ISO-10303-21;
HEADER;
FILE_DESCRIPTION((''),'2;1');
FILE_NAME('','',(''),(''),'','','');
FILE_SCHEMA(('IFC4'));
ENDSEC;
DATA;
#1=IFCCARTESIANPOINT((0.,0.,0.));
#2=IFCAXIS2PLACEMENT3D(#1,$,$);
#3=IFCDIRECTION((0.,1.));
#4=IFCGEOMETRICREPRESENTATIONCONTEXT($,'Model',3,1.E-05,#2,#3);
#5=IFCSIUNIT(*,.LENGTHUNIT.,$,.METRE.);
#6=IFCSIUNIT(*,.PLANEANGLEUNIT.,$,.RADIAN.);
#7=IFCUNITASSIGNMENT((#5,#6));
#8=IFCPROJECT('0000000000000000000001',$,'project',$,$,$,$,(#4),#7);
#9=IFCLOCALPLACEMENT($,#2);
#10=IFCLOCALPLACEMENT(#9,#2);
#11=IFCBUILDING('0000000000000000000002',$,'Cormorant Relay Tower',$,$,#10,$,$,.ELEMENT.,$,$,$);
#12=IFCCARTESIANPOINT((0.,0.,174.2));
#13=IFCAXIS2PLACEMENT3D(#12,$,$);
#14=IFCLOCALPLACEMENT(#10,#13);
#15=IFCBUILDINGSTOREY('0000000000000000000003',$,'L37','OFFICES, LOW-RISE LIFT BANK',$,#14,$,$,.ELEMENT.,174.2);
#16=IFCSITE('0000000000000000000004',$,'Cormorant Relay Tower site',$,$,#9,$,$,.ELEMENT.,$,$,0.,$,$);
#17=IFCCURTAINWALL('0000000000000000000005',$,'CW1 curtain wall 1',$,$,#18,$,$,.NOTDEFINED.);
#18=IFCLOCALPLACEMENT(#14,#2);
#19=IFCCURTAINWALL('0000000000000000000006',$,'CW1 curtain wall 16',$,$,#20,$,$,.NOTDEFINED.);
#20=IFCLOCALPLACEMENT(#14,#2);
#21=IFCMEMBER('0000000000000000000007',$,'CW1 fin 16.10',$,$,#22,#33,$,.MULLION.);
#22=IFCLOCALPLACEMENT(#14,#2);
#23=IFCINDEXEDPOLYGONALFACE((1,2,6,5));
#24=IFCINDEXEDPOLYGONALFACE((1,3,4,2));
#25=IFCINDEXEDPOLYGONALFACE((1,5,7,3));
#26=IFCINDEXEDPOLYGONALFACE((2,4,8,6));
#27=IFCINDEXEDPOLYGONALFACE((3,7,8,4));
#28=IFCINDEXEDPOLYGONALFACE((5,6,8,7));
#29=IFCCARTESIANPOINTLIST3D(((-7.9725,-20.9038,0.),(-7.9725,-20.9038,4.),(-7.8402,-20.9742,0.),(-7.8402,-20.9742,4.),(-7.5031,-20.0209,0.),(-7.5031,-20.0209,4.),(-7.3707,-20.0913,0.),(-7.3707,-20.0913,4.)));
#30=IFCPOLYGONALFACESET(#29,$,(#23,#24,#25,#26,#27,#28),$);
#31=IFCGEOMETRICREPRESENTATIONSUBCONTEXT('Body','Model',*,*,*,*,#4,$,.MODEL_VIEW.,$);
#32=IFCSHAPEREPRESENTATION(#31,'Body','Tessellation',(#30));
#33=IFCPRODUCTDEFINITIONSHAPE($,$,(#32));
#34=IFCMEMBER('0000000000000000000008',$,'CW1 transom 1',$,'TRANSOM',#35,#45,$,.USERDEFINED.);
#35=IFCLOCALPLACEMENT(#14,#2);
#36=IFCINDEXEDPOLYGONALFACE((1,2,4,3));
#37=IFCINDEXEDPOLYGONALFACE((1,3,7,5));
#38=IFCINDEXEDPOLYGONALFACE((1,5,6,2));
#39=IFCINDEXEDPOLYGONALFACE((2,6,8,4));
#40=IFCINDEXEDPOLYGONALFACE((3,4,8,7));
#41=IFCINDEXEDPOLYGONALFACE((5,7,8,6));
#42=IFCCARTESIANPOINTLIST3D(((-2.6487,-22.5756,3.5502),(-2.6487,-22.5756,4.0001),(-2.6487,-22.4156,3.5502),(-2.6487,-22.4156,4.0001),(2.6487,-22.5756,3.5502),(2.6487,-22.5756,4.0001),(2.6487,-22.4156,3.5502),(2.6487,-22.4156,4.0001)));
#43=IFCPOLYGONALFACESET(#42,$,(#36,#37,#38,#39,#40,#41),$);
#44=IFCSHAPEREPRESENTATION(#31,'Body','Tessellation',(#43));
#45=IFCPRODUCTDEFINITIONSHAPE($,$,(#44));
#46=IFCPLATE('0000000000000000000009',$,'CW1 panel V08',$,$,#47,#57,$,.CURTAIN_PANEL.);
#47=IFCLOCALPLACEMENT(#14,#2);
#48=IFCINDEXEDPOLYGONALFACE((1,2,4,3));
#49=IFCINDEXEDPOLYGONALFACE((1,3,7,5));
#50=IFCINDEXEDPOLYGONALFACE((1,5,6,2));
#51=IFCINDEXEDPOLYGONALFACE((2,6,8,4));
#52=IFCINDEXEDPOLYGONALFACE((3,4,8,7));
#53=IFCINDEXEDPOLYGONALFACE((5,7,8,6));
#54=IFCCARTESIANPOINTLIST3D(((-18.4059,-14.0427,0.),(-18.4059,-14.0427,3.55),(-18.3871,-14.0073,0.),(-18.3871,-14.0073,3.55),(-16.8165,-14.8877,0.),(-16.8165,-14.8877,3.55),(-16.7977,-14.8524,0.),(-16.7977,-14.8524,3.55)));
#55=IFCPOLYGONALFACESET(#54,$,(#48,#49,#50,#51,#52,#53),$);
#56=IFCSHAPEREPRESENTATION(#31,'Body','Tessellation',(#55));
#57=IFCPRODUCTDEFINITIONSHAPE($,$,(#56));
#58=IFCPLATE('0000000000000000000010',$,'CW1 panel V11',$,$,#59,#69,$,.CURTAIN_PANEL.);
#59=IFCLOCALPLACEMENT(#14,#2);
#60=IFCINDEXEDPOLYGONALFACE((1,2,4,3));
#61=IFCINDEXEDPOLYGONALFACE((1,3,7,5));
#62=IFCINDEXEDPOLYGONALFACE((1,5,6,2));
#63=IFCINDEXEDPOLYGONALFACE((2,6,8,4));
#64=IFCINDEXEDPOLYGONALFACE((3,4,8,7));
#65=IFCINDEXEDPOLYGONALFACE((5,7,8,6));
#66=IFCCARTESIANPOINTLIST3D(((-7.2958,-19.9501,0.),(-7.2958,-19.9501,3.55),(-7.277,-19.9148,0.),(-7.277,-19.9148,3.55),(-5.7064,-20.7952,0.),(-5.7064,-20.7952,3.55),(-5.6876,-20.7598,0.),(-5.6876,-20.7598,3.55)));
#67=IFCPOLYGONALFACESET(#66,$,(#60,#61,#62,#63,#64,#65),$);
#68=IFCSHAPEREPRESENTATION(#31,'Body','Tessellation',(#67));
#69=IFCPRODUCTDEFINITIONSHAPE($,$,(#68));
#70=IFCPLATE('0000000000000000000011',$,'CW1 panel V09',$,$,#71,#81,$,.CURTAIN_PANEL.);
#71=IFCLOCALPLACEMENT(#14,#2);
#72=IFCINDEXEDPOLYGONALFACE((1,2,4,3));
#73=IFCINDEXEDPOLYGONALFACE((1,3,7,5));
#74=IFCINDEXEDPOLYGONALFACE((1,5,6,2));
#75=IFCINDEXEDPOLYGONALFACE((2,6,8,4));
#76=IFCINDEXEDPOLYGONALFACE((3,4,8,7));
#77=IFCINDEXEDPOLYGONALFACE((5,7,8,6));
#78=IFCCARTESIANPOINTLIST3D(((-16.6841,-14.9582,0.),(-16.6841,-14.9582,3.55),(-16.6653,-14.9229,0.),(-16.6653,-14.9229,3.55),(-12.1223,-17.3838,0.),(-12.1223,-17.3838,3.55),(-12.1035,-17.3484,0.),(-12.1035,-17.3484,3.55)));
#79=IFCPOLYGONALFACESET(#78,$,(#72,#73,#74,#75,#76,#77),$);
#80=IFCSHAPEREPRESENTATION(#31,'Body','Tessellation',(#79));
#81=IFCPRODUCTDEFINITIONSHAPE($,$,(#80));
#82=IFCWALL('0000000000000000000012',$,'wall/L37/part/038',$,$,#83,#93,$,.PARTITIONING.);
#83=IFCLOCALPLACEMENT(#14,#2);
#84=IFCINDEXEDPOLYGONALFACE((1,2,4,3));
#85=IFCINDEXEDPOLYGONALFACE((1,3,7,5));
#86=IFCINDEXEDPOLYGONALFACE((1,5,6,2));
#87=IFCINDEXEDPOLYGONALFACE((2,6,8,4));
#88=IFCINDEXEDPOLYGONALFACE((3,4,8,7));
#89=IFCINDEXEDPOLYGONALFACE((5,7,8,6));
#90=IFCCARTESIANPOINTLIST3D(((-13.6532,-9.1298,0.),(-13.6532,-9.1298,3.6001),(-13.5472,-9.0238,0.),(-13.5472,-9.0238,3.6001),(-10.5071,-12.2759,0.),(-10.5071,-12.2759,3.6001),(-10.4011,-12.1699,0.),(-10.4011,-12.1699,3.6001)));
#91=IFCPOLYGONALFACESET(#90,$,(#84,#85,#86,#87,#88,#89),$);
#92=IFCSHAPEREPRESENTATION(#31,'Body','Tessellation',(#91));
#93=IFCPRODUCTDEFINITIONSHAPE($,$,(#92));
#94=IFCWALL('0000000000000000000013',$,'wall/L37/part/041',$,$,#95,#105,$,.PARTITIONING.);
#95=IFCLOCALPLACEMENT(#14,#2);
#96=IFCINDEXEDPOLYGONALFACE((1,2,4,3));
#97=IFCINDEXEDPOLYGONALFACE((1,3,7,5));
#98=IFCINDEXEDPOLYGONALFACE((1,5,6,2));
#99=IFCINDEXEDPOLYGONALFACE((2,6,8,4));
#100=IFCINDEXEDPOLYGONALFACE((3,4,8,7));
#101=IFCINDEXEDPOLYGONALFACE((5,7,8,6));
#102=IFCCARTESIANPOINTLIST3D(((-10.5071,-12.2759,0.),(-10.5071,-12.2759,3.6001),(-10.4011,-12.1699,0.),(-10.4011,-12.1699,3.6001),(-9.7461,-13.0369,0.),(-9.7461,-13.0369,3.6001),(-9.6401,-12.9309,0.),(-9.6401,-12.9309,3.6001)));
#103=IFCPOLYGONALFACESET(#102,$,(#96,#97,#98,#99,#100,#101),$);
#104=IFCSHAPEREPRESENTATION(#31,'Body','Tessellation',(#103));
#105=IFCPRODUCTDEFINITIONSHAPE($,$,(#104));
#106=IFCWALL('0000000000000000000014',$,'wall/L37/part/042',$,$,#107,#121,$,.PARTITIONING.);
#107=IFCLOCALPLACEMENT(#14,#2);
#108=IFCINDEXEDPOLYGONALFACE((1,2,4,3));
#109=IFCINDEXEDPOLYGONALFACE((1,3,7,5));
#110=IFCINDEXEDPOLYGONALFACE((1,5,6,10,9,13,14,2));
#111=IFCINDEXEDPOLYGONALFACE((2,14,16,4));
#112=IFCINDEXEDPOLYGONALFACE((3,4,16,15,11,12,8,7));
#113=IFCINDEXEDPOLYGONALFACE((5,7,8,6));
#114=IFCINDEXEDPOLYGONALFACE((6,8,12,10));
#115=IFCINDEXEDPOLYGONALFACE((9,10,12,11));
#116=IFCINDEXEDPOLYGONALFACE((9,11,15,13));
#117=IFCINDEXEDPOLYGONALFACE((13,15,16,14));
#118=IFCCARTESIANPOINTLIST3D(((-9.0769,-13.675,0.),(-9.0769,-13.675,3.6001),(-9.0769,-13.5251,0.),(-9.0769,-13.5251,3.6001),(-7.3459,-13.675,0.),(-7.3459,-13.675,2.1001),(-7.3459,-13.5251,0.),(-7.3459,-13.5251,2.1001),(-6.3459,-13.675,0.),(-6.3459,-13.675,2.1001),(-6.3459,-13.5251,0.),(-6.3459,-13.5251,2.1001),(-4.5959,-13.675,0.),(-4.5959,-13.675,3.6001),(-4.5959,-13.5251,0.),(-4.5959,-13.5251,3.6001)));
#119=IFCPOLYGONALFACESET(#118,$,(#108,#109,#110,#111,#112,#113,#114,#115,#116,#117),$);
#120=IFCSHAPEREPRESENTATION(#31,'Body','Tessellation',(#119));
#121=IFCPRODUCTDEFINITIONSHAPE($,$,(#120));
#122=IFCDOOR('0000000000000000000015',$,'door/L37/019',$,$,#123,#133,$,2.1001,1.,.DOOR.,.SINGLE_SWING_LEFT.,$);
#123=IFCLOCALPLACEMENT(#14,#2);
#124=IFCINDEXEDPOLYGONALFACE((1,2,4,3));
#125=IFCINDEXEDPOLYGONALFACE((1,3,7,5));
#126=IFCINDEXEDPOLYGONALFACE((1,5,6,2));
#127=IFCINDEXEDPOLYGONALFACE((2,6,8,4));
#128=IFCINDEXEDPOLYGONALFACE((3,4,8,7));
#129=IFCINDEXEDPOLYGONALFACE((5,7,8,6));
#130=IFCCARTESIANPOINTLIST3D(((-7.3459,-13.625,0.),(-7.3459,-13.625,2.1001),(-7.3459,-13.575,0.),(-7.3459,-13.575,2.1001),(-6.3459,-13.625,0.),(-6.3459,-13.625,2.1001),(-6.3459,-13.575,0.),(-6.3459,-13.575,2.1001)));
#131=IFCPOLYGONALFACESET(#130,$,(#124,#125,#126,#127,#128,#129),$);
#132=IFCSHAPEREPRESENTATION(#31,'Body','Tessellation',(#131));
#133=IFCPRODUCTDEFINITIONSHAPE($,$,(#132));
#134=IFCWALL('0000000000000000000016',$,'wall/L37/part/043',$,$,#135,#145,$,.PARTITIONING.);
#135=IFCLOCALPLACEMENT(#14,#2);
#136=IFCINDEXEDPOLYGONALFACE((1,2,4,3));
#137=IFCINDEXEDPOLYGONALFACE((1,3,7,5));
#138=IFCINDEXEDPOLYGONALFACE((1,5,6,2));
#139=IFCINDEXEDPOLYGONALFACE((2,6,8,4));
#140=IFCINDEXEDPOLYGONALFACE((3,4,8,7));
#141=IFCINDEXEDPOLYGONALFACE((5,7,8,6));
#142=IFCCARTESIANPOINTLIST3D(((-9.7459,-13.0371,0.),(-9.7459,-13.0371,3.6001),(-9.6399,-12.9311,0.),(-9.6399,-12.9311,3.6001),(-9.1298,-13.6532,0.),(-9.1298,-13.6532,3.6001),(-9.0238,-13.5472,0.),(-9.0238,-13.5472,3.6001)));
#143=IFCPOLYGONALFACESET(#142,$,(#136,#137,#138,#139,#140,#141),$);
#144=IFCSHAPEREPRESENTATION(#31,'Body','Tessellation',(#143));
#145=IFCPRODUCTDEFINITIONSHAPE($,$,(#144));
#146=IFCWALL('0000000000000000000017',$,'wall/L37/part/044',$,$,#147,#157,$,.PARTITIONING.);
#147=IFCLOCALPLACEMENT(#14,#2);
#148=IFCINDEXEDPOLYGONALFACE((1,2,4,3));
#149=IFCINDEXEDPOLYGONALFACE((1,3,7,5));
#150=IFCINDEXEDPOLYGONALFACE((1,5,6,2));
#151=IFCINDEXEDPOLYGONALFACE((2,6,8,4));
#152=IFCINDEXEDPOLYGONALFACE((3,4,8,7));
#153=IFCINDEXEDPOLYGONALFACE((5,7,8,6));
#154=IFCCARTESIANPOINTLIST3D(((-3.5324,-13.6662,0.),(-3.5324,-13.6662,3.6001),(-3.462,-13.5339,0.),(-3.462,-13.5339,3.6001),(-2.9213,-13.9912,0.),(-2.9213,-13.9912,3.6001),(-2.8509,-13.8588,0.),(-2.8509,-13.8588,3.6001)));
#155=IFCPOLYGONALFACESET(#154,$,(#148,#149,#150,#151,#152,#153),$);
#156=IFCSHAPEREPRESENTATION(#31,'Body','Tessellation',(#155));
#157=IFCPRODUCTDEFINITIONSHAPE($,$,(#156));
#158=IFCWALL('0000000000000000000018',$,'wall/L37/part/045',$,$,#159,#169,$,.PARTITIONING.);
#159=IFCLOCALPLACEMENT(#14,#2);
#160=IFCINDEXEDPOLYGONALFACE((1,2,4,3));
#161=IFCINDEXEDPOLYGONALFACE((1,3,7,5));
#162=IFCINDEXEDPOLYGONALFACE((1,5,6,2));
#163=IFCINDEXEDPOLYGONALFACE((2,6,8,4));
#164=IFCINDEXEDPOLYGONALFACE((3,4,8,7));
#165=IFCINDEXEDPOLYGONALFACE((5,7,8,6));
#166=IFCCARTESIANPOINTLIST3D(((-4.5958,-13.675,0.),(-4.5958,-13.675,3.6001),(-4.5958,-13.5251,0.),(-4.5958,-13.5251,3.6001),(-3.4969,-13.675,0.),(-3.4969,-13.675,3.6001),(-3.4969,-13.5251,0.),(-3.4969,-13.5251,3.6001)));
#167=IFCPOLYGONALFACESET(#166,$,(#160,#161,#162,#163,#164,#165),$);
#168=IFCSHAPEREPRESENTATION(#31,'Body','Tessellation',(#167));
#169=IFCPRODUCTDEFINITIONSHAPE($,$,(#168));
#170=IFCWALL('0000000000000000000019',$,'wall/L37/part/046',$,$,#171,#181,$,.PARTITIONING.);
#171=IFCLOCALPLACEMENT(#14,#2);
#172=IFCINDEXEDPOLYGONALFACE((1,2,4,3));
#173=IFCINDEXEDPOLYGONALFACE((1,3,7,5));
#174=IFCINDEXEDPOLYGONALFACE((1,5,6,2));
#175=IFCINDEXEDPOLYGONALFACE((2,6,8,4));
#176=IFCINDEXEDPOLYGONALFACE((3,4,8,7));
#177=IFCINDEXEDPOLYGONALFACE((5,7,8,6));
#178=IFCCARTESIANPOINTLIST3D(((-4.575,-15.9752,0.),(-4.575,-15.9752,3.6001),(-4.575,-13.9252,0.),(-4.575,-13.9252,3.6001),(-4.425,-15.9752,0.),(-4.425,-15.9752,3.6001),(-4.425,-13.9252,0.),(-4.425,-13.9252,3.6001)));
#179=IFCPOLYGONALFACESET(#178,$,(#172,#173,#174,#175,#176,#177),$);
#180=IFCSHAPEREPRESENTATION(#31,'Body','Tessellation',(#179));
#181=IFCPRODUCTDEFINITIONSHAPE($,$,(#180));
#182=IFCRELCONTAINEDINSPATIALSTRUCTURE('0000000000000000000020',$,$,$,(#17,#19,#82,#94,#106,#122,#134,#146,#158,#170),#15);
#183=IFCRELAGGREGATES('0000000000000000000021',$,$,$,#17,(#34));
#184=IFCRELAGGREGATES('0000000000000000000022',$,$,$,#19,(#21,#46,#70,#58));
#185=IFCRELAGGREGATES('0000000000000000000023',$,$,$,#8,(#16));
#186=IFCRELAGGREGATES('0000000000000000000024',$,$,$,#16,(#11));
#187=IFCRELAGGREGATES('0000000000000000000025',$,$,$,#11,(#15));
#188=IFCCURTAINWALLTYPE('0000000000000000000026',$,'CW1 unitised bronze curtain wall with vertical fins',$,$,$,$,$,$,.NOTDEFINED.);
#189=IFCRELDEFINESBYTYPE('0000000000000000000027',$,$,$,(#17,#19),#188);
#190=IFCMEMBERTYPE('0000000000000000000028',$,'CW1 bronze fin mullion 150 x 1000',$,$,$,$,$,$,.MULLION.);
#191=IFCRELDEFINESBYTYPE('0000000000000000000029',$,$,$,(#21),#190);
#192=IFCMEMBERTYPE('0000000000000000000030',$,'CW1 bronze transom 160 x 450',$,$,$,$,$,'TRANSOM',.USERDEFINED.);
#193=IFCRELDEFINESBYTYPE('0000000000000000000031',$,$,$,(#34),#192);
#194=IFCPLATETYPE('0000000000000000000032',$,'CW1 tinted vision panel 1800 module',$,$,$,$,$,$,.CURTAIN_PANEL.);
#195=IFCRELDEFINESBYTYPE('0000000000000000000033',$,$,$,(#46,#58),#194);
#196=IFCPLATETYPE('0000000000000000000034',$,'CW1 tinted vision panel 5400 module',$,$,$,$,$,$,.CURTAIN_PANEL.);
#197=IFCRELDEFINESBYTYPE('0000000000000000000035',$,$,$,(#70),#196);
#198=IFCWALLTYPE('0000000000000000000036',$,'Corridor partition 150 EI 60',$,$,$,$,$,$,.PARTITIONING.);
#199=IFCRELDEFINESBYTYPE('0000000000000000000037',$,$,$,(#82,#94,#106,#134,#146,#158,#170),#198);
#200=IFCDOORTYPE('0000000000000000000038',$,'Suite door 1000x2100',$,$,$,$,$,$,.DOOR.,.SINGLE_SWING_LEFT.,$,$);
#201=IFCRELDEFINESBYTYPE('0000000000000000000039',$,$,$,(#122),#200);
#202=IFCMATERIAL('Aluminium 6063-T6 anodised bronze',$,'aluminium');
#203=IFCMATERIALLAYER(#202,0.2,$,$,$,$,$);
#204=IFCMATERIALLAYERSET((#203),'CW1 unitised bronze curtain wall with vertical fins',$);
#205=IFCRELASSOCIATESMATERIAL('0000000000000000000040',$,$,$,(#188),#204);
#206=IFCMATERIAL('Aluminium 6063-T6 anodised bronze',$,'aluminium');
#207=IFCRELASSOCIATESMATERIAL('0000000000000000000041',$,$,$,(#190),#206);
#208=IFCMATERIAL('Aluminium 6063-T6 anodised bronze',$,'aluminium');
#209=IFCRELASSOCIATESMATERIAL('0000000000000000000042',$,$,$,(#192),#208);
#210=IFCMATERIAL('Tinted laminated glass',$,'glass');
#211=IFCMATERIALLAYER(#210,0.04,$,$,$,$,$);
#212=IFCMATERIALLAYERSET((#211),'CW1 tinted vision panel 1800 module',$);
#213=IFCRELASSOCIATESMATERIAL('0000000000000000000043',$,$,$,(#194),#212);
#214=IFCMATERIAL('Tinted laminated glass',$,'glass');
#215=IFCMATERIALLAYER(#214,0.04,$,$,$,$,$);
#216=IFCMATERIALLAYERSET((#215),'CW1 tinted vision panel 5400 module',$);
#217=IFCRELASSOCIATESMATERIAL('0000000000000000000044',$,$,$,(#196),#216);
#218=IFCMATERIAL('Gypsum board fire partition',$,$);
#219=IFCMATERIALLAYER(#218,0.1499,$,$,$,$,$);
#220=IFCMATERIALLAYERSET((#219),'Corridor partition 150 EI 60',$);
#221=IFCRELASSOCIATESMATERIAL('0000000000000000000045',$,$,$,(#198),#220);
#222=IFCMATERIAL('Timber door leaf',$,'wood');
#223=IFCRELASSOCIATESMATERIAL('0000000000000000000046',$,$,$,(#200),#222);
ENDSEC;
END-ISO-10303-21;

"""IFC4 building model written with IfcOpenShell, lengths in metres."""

from ifc_helpers import new_model, si_unit, direction, frame, frame_2d, origin, origin_2d, place, context, subcontext, project, spatial, rectangle, extrude, material, layer, layer_set, material_profile, profile_set, type_object, element, fill, aggregate, save


model = new_model("IFC4")

# Units and contexts
model_context = context("Model", 3, precision=1e-05, world=origin(), true_north=direction((0.0, 1.0)))
body_context = subcontext(model_context, "Body", "Model", "MODEL_VIEW")
ifc_project = project(units=[si_unit("LENGTHUNIT", "METRE"), si_unit("PLANEANGLEUNIT", "RADIAN")], contexts=[model_context])

# Site, building, storey
site_placement = place(None, origin())
site = spatial("IfcSite", under=ifc_project, at=site_placement, Name="Cormorant Relay Tower site", CompositionType="ELEMENT", RefElevation=0.0)
building_placement = place(site_placement, origin())
building = spatial("IfcBuilding", under=site, at=building_placement, Name="Cormorant Relay Tower", CompositionType="ELEMENT")
storey_placement = place(building_placement, frame((0.0, 0.0, 174.2)))
storey = spatial("IfcBuildingStorey", under=building, at=storey_placement, Name="L37", Description="OFFICES, LOW-RISE LIFT BANK", CompositionType="ELEMENT", Elevation=174.2)

# Curtain wall
ifc_material_1 = material(Name="Aluminium 6063-T6 anodised bronze", Category="aluminium")
ifc_layer_1 = layer(ifc_material_1, 0.2)
ifc_layer_set_1 = layer_set([ifc_layer_1], Name="CW1 unitised bronze curtain wall with vertical fins")
curtain_wall_type = type_object("IfcCurtainWallType", Name="CW1 unitised bronze curtain wall with vertical fins", PredefinedType="NOTDEFINED", material=ifc_layer_set_1)
curtain_wall_1_placement = place(storey_placement, origin())
curtain_wall_1 = element("IfcCurtainWall", 1, at=curtain_wall_1_placement, inside=storey, type_object=curtain_wall_type, Name="CW1 curtain wall 1", PredefinedType="NOTDEFINED")
ifc_material_2 = material(Name="Aluminium 6063-T6 anodised bronze", Category="aluminium")
ifc_material_profile_1 = material_profile(ifc_material_2, rectangle(XDim=0.1499, YDim=1.0, at=origin_2d()), Name="AL 150x1000")
ifc_profile_set_1 = profile_set([ifc_material_profile_1], Name="Aluminium 6063-T6 anodised bronze")
member_type_1 = type_object("IfcMemberType", Name="CW1 bronze fin mullion 150 x 1000", PredefinedType="MULLION", material=ifc_profile_set_1)

# Curtain wall, member
curtain_wall_2_placement = place(storey_placement, origin())
curtain_wall_2 = element("IfcCurtainWall", 2, at=curtain_wall_2_placement, inside=storey, type_object=curtain_wall_type, Name="CW1 curtain wall 16", PredefinedType="NOTDEFINED")
member_1_placement = place(storey_placement, frame((-7.6716, -20.4976, 0.0), z_axis=(0.0, 0.0, 1.0), x_axis=(0.882948, -0.469472, 0.0)))
member_1 = element("IfcMember", 3, at=member_1_placement, type_object=member_type_1, Name="CW1 fin 16.10", PredefinedType="MULLION", context=body_context, shape_type="SweptSolid", body=[
    extrude(rectangle(XDim=0.1499, YDim=1.0, at=origin_2d()), origin(), (0.0, 0.0, 1.0), 4.0),
])

# Member
ifc_material_3 = material(Name="Aluminium 6063-T6 anodised bronze", Category="aluminium")
ifc_material_profile_2 = material_profile(ifc_material_3, rectangle(XDim=0.1599, YDim=0.45, at=origin_2d()), Name="AL 160x450")
ifc_profile_set_2 = profile_set([ifc_material_profile_2], Name="Aluminium 6063-T6 anodised bronze")
member_type_2 = type_object("IfcMemberType", Name="CW1 bronze transom 160 x 450", ElementType="TRANSOM", PredefinedType="USERDEFINED", material=ifc_profile_set_2)
member_2_placement = place(storey_placement, frame((-2.6487, -22.4956, 3.7751), z_axis=(1.0, 0.0, 0.0), x_axis=(0.0, 1.0, 0.0)))
member_2 = element("IfcMember", 4, at=member_2_placement, type_object=member_type_2, Name="CW1 transom 1", ObjectType="TRANSOM", PredefinedType="USERDEFINED", context=body_context, shape_type="SweptSolid", body=[
    extrude(rectangle(XDim=0.1599, YDim=0.45, at=origin_2d()), origin(), (0.0, 0.0, 1.0), 5.2974),
])
aggregate(curtain_wall_1, [member_2])

# Plates
ifc_material_4 = material(Name="Tinted laminated glass", Category="glass")
ifc_layer_2 = layer(ifc_material_4, 0.04)
ifc_layer_set_2 = layer_set([ifc_layer_2], Name="CW1 tinted vision panel 1800 module")
plate_type_1 = type_object("IfcPlateType", Name="CW1 tinted vision panel 1800 module", PredefinedType="CURTAIN_PANEL", material=ifc_layer_set_2)
plate_1_placement = place(storey_placement, frame((-17.6018, -14.4475, 0.0), z_axis=(0.0, 0.0, 1.0), x_axis=(0.882948, -0.469472, 0.0)))
plate_1 = element("IfcPlate", 5, at=plate_1_placement, type_object=plate_type_1, Name="CW1 panel V08", PredefinedType="CURTAIN_PANEL", context=body_context, shape_type="SweptSolid", body=[
    extrude(rectangle(XDim=1.8, YDim=0.04, at=origin_2d()), origin(), (0.0, 0.0, 1.0), 3.55),
])
plate_2_placement = place(storey_placement, frame((-6.4917, -20.355, 0.0), z_axis=(0.0, 0.0, 1.0), x_axis=(0.882948, -0.469472, 0.0)))
plate_2 = element("IfcPlate", 6, at=plate_2_placement, type_object=plate_type_1, Name="CW1 panel V11", PredefinedType="CURTAIN_PANEL", context=body_context, shape_type="SweptSolid", body=[
    extrude(rectangle(XDim=1.8, YDim=0.04, at=origin_2d()), origin(), (0.0, 0.0, 1.0), 3.55),
])
ifc_material_5 = material(Name="Tinted laminated glass", Category="glass")
ifc_layer_3 = layer(ifc_material_5, 0.04)
ifc_layer_set_3 = layer_set([ifc_layer_3], Name="CW1 tinted vision panel 5400 module")
plate_type_2 = type_object("IfcPlateType", Name="CW1 tinted vision panel 5400 module", PredefinedType="CURTAIN_PANEL", material=ifc_layer_set_3)
plate_3_placement = place(storey_placement, frame((-14.3938, -16.1533, 0.0), z_axis=(0.0, 0.0, 1.0), x_axis=(0.882948, -0.469472, 0.0)))
plate_3 = element("IfcPlate", 7, at=plate_3_placement, type_object=plate_type_2, Name="CW1 panel V09", PredefinedType="CURTAIN_PANEL", context=body_context, shape_type="SweptSolid", body=[
    extrude(rectangle(XDim=5.1665, YDim=0.04, at=origin_2d()), origin(), (0.0, 0.0, 1.0), 3.55),
])

# Walls
ifc_material_6 = material(Name="Gypsum board fire partition")
ifc_layer_4 = layer(ifc_material_6, 0.1499)
ifc_layer_set_4 = layer_set([ifc_layer_4], Name="Corridor partition 150 EI 60")
wall_type_1 = type_object("IfcWallType", Name="Corridor partition 150 EI 60", PredefinedType="PARTITIONING", material=ifc_layer_set_4)
wall_1_placement = place(storey_placement, frame((-10.4541, -12.2229, 0.0), z_axis=(0.0, 0.0, 1.0), x_axis=(-0.707107, 0.707107, 0.0)))
element("IfcWall", 8, at=wall_1_placement, inside=storey, type_object=wall_type_1, Name="wall/L37/part/038", PredefinedType="PARTITIONING", context=body_context, shape_type="SweptSolid", body=[
    extrude(rectangle(XDim=4.4492, YDim=0.1499, at=frame_2d((2.2246, 0.0))), origin(), (0.0, 0.0, 1.0), 3.6001),
])
wall_2_placement = place(storey_placement, frame((-9.6931, -12.9839, 0.0), z_axis=(0.0, 0.0, 1.0), x_axis=(-0.707107, 0.707107, 0.0)))
element("IfcWall", 9, at=wall_2_placement, inside=storey, type_object=wall_type_1, Name="wall/L37/part/041", PredefinedType="PARTITIONING", context=body_context, shape_type="SweptSolid", body=[
    extrude(rectangle(XDim=1.0762, YDim=0.1499, at=frame_2d((0.5381, 0.0))), origin(), (0.0, 0.0, 1.0), 3.6001),
])

# Wall, opening, door
wall_3_placement = place(storey_placement, frame((-4.5959, -13.6001, 0.0), z_axis=(0.0, 0.0, 1.0), x_axis=(-1.0, 0.0, 0.0)))
wall_3 = element("IfcWall", 10, at=wall_3_placement, inside=storey, type_object=wall_type_1, Name="wall/L37/part/042", PredefinedType="PARTITIONING", context=body_context, shape_type="SweptSolid", body=[
    extrude(rectangle(XDim=4.481, YDim=0.1499, at=frame_2d((2.2405, 0.0))), origin(), (0.0, 0.0, 1.0), 3.6001),
])
opening_1_placement = place(wall_3_placement, frame((1.75, 0.0, 0.0)))
opening_1 = element("IfcOpeningElement", 11, at=opening_1_placement, cuts=wall_3, PredefinedType="OPENING", context=body_context, shape_type="SweptSolid", body=[
    extrude(rectangle(XDim=1.0, YDim=2.1001, at=frame_2d((0.5, 1.05))), frame((0.0, 0.085, 0.0), z_axis=(0.0, -1.0, 0.0), x_axis=(1.0, 0.0, 0.0)), (0.0, 0.0, 1.0), 0.1699),
])
ifc_material_7 = material(Name="Timber door leaf", Category="wood")
door_type_1 = type_object("IfcDoorType", Name="Suite door 1000x2100", OperationType="SINGLE_SWING_LEFT", PredefinedType="DOOR", material=ifc_material_7)
door_1_placement = place(opening_1_placement, origin())
door_1 = element("IfcDoor", 12, at=door_1_placement, inside=storey, type_object=door_type_1, Name="door/L37/019", OperationType="SINGLE_SWING_LEFT", OverallHeight=2.1001, OverallWidth=1.0, PredefinedType="DOOR", context=body_context, shape_type="SweptSolid", body=[
    extrude(rectangle(XDim=1.0, YDim=2.1001, at=frame_2d((0.5, 1.05))), frame((0.0, 0.0249, 0.0), z_axis=(0.0, -1.0, 0.0), x_axis=(1.0, 0.0, 0.0)), (0.0, 0.0, 1.0), 0.05),
])
fill(opening_1, door_1)

# Walls
wall_4_placement = place(storey_placement, frame((-9.0769, -13.6001, 0.0), z_axis=(0.0, 0.0, 1.0), x_axis=(-0.707107, 0.707107, 0.0)))
element("IfcWall", 13, at=wall_4_placement, inside=storey, type_object=wall_type_1, Name="wall/L37/part/043", PredefinedType="PARTITIONING", context=body_context, shape_type="SweptSolid", body=[
    extrude(rectangle(XDim=0.8713, YDim=0.1499, at=frame_2d((0.4355, 0.0))), origin(), (0.0, 0.0, 1.0), 3.6001),
])
wall_5_placement = place(storey_placement, frame((-2.886, -13.925, 0.0), z_axis=(0.0, 0.0, 1.0), x_axis=(-0.882928, 0.469508, 0.0)))
element("IfcWall", 14, at=wall_5_placement, inside=storey, type_object=wall_type_1, Name="wall/L37/part/044", PredefinedType="PARTITIONING", context=body_context, shape_type="SweptSolid", body=[
    extrude(rectangle(XDim=0.6921, YDim=0.1499, at=frame_2d((0.3462, 0.0))), origin(), (0.0, 0.0, 1.0), 3.6001),
])
wall_6_placement = place(storey_placement, frame((-3.4971, -13.6001, 0.0), z_axis=(0.0, 0.0, 1.0), x_axis=(-1.0, 0.0, 0.0)))
element("IfcWall", 15, at=wall_6_placement, inside=storey, type_object=wall_type_1, Name="wall/L37/part/045", PredefinedType="PARTITIONING", context=body_context, shape_type="SweptSolid", body=[
    extrude(rectangle(XDim=1.0989, YDim=0.1499, at=frame_2d((0.5493, 0.0))), origin(), (0.0, 0.0, 1.0), 3.6001),
])
wall_7_placement = place(storey_placement, frame((-4.5, -15.9751, 0.0), z_axis=(0.0, 0.0, 1.0), x_axis=(0.0, 1.0, 0.0)))
element("IfcWall", 16, at=wall_7_placement, inside=storey, type_object=wall_type_1, Name="wall/L37/part/046", PredefinedType="PARTITIONING", context=body_context, shape_type="SweptSolid", body=[
    extrude(rectangle(XDim=2.05, YDim=0.1499, at=frame_2d((1.0249, 0.0))), origin(), (0.0, 0.0, 1.0), 3.6001),
])

aggregate(curtain_wall_2, [member_1, plate_1, plate_3, plate_2])

save(model, "model.ifc")
